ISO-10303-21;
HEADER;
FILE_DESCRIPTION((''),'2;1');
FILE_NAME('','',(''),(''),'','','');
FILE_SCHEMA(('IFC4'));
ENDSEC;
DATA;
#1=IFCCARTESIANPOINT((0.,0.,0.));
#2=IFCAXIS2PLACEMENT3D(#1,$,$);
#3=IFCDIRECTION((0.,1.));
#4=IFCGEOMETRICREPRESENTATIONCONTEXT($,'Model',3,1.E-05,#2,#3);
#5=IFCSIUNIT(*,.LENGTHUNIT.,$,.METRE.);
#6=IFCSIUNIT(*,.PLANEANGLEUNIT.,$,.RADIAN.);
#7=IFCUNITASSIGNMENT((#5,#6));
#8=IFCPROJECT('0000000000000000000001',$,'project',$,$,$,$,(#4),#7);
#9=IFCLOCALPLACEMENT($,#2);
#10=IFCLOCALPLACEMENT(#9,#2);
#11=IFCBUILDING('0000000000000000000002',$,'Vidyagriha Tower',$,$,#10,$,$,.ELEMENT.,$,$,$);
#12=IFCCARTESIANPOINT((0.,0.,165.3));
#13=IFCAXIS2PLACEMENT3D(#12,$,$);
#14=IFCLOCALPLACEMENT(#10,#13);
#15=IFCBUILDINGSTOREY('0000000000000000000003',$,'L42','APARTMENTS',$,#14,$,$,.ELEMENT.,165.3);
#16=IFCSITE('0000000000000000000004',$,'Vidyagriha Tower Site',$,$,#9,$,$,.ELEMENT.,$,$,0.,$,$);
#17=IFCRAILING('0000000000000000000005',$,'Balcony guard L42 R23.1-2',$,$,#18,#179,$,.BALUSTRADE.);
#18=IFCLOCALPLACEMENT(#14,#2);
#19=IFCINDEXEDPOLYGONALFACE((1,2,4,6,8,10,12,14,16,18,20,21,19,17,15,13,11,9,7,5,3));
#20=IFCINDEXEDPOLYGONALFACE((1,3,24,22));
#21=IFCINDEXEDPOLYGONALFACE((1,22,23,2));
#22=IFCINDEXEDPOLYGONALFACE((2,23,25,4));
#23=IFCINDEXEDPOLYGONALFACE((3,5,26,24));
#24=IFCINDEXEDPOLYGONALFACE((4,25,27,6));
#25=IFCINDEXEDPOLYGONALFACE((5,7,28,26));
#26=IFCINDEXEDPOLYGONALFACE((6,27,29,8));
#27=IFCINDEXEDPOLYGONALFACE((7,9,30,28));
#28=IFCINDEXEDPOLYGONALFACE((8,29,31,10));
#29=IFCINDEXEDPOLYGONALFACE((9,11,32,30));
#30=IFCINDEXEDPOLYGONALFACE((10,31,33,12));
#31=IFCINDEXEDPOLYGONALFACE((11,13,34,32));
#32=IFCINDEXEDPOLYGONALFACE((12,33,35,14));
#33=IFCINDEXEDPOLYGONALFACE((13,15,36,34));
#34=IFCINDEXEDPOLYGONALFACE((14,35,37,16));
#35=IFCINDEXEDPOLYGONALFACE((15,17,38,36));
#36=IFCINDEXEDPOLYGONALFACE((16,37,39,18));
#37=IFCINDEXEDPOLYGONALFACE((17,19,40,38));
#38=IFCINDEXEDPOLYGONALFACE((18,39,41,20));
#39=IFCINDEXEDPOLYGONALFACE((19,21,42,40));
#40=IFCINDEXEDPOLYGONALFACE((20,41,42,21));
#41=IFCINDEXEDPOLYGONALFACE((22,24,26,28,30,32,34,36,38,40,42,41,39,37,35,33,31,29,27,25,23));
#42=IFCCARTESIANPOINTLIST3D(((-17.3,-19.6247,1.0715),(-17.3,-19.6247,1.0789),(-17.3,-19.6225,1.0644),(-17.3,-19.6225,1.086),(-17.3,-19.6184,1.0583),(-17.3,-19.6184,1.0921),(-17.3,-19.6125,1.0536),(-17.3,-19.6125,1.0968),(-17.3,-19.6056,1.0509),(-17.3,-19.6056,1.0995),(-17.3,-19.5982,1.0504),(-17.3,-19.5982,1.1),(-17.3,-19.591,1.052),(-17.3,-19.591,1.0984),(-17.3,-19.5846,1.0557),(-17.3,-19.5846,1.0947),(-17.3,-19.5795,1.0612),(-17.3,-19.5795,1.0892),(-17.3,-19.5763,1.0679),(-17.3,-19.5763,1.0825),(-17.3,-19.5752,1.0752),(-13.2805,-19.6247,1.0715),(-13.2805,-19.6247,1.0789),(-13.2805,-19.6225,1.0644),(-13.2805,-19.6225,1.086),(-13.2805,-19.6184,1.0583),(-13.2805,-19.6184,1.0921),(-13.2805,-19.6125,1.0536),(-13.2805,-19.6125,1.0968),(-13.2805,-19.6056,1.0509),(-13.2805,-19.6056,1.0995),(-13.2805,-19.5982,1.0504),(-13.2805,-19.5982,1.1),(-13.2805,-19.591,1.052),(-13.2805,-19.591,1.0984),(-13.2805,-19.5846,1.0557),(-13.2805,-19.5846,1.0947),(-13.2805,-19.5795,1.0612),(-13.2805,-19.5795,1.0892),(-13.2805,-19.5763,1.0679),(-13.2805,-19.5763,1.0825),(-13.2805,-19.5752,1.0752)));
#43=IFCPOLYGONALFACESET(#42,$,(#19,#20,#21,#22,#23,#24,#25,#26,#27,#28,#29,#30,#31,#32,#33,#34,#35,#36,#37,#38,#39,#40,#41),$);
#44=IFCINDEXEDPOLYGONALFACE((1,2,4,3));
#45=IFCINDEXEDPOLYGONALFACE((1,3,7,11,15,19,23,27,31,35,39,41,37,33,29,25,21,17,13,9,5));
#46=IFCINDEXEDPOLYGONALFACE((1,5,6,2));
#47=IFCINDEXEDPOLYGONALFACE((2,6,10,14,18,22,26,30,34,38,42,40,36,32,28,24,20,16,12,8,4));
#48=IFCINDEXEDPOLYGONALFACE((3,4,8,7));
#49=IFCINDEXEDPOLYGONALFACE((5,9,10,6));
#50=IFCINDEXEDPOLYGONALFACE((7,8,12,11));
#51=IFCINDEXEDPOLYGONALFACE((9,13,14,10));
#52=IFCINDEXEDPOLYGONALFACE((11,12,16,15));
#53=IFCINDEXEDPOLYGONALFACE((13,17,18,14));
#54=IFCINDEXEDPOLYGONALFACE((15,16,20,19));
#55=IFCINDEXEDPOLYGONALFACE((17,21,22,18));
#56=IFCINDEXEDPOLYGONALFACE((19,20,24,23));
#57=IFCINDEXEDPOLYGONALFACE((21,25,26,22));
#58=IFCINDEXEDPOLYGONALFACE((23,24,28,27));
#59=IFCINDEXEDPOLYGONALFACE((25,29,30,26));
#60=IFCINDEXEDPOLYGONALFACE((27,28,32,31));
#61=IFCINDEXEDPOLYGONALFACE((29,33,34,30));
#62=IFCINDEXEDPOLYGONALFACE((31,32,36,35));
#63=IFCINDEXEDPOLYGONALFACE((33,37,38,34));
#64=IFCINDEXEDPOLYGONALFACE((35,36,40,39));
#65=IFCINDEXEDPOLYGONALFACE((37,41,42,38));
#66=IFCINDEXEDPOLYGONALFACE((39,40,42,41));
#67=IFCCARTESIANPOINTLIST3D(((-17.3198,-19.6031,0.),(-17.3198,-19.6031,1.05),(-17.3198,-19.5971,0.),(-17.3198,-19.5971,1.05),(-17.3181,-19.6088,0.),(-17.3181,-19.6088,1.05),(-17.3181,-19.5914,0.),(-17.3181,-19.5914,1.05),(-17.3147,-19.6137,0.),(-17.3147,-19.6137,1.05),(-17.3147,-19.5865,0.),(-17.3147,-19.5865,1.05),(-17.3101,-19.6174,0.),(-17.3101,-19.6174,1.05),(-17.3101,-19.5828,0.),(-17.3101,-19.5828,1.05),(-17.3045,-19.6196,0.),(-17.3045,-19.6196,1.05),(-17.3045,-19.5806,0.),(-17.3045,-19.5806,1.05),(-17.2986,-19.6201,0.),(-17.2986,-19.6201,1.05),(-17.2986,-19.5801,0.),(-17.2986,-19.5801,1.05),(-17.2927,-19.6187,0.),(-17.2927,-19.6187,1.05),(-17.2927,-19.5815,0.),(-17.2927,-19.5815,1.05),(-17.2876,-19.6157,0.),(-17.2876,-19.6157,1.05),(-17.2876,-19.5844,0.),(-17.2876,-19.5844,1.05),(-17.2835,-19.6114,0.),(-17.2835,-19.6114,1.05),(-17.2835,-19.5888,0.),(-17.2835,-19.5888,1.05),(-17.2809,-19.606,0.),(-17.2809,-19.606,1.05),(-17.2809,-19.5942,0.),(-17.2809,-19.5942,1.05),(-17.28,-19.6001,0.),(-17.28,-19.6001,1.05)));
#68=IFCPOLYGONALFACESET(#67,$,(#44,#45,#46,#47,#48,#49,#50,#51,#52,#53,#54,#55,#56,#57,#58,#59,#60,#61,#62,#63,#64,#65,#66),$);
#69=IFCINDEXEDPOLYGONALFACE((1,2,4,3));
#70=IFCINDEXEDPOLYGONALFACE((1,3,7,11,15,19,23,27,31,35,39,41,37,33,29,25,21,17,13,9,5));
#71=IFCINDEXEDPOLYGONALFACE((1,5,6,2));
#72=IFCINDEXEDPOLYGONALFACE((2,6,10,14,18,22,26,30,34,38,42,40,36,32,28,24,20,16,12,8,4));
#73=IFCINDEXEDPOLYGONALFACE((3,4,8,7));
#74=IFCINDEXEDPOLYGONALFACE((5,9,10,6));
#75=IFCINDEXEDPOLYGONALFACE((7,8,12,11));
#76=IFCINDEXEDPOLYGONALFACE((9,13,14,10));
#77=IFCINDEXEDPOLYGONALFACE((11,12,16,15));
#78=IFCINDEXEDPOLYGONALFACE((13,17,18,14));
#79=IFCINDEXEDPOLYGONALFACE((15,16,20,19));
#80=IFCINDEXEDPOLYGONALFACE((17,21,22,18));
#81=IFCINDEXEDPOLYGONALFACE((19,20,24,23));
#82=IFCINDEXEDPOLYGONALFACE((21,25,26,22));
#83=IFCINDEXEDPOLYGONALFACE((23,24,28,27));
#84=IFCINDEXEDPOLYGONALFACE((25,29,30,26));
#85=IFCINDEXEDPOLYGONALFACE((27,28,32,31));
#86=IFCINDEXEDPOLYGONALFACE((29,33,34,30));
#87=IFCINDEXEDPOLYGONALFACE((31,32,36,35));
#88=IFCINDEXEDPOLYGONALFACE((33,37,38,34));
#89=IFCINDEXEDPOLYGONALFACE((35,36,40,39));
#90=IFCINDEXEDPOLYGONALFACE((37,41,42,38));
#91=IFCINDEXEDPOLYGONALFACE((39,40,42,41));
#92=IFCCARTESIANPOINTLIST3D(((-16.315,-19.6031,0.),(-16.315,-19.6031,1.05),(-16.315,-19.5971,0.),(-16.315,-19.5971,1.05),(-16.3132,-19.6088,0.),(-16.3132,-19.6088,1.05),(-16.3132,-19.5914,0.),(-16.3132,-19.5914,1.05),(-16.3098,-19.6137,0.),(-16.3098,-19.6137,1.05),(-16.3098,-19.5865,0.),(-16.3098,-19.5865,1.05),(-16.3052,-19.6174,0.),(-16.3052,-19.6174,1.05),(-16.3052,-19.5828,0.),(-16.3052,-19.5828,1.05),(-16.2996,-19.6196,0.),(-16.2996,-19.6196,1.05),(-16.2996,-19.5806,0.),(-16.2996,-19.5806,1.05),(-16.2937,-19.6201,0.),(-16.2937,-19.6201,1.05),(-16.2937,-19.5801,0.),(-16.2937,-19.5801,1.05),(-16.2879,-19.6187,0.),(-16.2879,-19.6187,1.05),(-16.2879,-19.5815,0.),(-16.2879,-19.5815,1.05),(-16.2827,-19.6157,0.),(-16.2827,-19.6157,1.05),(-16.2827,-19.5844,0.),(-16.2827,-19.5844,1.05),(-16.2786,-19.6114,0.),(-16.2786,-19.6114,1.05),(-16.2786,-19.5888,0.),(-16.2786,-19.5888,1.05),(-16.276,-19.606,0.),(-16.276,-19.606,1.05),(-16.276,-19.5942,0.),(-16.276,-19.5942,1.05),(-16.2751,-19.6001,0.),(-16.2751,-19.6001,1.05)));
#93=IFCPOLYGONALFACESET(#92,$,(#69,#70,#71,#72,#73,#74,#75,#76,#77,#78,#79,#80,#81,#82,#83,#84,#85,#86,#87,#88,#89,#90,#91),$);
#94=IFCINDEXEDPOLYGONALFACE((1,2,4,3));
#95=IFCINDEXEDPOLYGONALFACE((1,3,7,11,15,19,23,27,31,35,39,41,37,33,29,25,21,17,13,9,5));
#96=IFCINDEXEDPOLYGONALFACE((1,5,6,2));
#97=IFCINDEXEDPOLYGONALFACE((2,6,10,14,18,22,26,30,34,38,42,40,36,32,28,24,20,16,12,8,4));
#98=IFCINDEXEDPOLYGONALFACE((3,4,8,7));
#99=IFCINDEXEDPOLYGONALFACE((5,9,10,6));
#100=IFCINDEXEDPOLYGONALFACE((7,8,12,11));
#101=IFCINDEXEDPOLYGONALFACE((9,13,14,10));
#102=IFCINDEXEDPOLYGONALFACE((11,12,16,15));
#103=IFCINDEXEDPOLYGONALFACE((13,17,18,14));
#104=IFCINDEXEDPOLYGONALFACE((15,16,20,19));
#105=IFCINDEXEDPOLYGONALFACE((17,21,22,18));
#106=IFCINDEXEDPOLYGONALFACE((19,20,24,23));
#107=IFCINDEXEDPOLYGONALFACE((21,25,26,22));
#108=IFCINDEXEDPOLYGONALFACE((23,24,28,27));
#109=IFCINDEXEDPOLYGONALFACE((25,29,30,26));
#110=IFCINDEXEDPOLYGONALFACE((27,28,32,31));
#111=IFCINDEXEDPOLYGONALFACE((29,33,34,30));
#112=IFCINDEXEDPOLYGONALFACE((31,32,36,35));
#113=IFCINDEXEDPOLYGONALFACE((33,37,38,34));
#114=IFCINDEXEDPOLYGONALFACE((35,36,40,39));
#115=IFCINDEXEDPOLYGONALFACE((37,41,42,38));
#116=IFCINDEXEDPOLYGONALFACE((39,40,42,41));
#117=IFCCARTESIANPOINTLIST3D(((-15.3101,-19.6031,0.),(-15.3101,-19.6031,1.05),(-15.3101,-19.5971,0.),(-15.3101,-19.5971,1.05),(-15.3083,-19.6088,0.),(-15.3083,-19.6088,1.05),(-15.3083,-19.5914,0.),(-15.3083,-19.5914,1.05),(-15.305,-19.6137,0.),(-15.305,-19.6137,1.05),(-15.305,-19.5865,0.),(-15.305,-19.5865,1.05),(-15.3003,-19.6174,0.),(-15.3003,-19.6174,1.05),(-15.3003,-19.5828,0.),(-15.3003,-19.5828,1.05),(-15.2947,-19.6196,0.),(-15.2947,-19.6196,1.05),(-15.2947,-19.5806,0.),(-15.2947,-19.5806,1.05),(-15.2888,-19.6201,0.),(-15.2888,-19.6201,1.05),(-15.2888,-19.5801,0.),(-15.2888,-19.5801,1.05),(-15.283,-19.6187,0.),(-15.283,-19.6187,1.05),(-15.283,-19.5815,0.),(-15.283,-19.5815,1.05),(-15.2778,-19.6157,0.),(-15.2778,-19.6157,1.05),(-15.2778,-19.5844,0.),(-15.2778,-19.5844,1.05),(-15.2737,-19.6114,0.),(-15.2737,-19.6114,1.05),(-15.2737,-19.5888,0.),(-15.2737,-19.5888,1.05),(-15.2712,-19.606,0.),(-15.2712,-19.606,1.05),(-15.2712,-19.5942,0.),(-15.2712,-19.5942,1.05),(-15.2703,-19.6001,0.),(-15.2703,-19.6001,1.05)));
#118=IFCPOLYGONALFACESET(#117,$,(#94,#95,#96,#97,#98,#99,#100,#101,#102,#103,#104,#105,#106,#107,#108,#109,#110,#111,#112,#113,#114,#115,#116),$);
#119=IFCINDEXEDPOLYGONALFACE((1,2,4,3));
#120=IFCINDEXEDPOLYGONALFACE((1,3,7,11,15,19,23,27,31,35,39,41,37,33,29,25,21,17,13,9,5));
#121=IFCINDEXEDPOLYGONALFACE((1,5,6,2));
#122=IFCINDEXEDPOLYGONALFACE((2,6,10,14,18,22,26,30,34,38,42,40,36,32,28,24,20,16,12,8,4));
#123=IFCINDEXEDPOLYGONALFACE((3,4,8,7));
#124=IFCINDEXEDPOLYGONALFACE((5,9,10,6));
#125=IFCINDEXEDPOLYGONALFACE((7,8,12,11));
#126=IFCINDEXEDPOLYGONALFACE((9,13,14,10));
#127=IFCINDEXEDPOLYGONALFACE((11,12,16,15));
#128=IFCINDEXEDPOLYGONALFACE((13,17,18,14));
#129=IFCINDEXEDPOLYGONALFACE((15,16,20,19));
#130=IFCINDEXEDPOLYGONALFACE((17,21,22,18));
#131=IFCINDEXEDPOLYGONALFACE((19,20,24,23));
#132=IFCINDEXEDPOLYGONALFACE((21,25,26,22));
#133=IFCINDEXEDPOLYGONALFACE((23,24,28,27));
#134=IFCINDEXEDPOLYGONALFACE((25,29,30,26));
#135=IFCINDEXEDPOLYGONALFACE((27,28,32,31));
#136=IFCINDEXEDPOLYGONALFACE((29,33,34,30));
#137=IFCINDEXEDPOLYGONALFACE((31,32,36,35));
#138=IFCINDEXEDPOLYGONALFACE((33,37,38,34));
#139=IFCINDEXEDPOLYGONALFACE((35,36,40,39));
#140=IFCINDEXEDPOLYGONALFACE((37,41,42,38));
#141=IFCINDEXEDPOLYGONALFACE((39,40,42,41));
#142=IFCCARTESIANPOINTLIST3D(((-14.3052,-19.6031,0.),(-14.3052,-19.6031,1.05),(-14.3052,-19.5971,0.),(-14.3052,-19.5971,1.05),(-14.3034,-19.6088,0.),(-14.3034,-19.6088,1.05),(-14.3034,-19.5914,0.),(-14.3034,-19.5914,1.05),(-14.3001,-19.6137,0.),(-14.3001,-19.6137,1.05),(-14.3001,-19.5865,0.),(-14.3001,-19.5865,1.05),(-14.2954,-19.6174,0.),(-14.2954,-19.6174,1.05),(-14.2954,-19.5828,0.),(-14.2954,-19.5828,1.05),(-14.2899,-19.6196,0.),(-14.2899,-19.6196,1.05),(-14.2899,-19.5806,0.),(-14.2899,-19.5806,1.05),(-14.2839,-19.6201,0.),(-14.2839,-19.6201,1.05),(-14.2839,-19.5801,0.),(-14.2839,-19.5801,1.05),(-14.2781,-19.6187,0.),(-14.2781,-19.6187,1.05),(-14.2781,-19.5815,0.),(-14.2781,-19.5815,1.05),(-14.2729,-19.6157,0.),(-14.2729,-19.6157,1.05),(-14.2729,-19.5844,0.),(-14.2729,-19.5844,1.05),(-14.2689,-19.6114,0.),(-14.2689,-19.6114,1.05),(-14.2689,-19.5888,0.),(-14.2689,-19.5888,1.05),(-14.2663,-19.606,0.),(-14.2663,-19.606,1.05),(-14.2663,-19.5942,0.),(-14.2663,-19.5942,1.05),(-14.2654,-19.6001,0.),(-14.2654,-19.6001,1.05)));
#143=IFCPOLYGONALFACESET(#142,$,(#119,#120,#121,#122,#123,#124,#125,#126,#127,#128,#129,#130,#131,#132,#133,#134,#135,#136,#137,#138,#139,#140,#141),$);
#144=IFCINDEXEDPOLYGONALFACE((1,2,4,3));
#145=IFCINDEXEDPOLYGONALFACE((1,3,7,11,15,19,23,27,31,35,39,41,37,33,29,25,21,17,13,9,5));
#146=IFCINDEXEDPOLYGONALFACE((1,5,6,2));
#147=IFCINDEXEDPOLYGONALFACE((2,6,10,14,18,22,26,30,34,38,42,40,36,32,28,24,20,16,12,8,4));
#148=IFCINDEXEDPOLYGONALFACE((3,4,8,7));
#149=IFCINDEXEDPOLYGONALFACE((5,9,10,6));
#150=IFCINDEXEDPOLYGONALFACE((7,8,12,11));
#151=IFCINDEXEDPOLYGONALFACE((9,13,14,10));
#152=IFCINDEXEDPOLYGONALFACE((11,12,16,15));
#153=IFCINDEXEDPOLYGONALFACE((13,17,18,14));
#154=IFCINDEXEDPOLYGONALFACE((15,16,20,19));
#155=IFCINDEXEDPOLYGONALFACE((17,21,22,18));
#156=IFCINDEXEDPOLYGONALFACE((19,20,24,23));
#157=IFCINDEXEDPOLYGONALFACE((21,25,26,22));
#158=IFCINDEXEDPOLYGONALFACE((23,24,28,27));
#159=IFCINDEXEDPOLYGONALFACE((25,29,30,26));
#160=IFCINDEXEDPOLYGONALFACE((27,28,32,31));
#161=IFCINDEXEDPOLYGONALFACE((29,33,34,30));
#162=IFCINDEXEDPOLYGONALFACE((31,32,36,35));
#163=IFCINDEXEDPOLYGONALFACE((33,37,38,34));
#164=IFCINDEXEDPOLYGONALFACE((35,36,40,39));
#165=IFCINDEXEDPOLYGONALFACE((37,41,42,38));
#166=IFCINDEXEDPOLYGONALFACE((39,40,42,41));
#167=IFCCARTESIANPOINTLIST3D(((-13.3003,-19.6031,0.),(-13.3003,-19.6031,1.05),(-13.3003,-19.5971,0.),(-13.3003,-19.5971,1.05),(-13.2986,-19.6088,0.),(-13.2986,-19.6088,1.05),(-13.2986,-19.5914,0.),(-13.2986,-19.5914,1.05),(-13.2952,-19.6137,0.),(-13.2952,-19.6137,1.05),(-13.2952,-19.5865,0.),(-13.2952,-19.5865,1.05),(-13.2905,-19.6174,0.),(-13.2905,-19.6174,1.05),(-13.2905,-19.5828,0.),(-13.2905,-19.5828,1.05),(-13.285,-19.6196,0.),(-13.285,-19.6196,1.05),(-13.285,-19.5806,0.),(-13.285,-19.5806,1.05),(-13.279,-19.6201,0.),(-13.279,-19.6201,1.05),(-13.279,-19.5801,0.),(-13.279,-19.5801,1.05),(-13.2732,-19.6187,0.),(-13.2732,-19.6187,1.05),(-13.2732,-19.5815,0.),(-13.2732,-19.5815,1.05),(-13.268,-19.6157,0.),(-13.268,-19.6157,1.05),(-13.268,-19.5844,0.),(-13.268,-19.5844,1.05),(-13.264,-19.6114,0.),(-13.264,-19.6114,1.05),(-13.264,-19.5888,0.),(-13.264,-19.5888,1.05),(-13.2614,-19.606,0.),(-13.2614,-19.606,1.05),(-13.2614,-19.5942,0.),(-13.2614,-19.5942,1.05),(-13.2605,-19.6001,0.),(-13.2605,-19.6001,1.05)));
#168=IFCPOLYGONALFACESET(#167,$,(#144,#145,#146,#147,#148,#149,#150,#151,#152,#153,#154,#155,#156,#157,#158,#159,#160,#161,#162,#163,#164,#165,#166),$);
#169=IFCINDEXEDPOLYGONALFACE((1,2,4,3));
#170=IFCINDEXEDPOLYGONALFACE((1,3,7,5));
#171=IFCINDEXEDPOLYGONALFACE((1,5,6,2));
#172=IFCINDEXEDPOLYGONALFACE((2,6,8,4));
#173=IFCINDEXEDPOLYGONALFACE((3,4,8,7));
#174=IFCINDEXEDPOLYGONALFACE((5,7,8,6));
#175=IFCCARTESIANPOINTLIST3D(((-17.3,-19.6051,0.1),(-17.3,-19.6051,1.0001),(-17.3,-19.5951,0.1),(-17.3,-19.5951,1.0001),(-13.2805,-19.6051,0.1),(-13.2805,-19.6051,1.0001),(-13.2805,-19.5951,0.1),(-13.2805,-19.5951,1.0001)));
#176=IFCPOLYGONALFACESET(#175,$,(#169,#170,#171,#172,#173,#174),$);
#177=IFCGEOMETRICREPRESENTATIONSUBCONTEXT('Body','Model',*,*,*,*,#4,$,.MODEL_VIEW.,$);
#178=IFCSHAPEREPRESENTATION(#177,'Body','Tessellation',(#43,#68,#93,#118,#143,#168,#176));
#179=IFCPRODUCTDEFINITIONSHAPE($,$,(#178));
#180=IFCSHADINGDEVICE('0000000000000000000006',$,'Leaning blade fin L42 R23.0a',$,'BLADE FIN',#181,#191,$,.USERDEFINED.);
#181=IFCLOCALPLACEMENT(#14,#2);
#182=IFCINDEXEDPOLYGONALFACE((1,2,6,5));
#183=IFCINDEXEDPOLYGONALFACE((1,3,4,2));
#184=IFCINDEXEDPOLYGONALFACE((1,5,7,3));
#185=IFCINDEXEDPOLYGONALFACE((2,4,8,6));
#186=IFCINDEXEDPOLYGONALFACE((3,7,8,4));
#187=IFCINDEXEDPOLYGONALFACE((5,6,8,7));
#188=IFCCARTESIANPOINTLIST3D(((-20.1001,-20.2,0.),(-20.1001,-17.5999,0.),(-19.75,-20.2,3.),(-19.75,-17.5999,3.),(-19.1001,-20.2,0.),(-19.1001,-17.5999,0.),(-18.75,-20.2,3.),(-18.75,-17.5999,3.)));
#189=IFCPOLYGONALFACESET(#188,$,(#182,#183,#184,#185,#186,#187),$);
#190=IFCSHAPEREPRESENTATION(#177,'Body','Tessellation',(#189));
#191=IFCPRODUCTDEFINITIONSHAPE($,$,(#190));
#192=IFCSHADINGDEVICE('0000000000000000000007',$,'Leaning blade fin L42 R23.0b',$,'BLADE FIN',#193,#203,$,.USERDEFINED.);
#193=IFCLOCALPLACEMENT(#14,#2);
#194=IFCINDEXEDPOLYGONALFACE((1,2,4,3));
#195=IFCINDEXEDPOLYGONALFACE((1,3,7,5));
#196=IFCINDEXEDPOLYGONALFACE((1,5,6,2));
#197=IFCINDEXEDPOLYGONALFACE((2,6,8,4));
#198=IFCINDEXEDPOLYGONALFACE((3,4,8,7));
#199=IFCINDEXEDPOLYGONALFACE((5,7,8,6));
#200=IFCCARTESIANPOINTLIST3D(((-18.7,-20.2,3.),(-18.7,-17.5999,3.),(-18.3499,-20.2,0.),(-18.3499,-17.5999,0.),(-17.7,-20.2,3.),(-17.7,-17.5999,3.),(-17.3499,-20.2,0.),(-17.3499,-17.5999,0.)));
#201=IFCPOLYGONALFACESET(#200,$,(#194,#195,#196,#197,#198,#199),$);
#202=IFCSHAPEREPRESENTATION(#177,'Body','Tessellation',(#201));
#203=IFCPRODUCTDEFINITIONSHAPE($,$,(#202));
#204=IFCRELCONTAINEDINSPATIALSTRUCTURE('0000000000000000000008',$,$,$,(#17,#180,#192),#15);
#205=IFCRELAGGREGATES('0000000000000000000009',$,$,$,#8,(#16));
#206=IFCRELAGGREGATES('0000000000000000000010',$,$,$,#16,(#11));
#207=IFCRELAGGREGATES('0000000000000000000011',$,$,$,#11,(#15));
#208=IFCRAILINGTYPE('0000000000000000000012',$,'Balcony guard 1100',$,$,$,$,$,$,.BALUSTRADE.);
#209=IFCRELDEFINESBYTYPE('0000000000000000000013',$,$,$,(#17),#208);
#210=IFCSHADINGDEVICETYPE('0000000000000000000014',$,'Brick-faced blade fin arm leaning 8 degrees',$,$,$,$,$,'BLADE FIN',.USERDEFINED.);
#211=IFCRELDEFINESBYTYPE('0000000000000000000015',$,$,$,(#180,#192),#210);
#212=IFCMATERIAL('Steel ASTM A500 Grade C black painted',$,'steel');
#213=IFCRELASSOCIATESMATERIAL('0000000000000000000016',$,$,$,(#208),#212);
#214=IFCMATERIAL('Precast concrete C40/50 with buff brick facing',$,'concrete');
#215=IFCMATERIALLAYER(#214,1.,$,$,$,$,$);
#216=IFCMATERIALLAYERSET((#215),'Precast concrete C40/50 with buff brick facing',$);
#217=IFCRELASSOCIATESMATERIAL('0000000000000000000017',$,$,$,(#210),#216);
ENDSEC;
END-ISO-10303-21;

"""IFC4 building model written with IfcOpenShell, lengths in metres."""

from ifc_helpers import new_model, si_unit, direction, frame, origin, origin_2d, place, context, subcontext, project, spatial, polyline, rectangle, circle, outline, extrude, material, layer, layer_set, type_object, element, save


model = new_model("IFC4")

# Units and contexts
model_context = context("Model", 3, precision=1e-05, world=origin(), true_north=direction((0.0, 1.0)))
body_context = subcontext(model_context, "Body", "Model", "MODEL_VIEW")
ifc_project = project(units=[si_unit("LENGTHUNIT", "METRE"), si_unit("PLANEANGLEUNIT", "RADIAN")], contexts=[model_context])

# Site, building, storey
site_placement = place(None, origin())
site = spatial("IfcSite", under=ifc_project, at=site_placement, Name="Vidyagriha Tower Site", CompositionType="ELEMENT", RefElevation=0.0)
building_placement = place(site_placement, origin())
building = spatial("IfcBuilding", under=site, at=building_placement, Name="Vidyagriha Tower", CompositionType="ELEMENT")
storey_placement = place(building_placement, frame((0.0, 0.0, 165.3)))
storey = spatial("IfcBuildingStorey", under=building, at=storey_placement, Name="L42", Description="APARTMENTS", CompositionType="ELEMENT", Elevation=165.3)

# Railing
ifc_material_1 = material(Name="Steel ASTM A500 Grade C black painted", Category="steel")
railing_type_1 = type_object("IfcRailingType", Name="Balcony guard 1100", PredefinedType="BALUSTRADE", material=ifc_material_1)
railing_1_placement = place(storey_placement, frame((-17.3, -19.6001, 0.0)))
element("IfcRailing", 1, at=railing_1_placement, inside=storey, type_object=railing_type_1, Name="Balcony guard L42 R23.1-2", PredefinedType="BALUSTRADE", context=body_context, shape_type="SweptSolid", body=[
    extrude(circle(Radius=0.0249, at=origin_2d()), frame((0.0, 0.0, 1.0752), z_axis=(1.0, 0.0, 0.0), x_axis=(0.0, 1.0, 0.0)), (0.0, 0.0, 1.0), 4.0195),
    extrude(circle(Radius=0.02, at=origin_2d()), origin(), (0.0, 0.0, 1.0), 1.05),
    extrude(circle(Radius=0.02, at=origin_2d()), frame((1.0049, 0.0, 0.0)), (0.0, 0.0, 1.0), 1.05),
    extrude(circle(Radius=0.02, at=origin_2d()), frame((2.0098, 0.0, 0.0)), (0.0, 0.0, 1.0), 1.05),
    extrude(circle(Radius=0.02, at=origin_2d()), frame((3.0146, 0.0, 0.0)), (0.0, 0.0, 1.0), 1.05),
    extrude(circle(Radius=0.02, at=origin_2d()), frame((4.0195, 0.0, 0.0)), (0.0, 0.0, 1.0), 1.05),
    extrude(rectangle(XDim=0.01, YDim=0.9001, at=origin_2d()), frame((0.0, 0.0, 0.55), z_axis=(1.0, 0.0, 0.0), x_axis=(0.0, 1.0, 0.0)), (0.0, 0.0, 1.0), 4.0195),
])

# Shading devices
ifc_material_2 = material(Name="Precast concrete C40/50 with buff brick facing", Category="concrete")
ifc_layer_1 = layer(ifc_material_2, 1.0)
ifc_layer_set_1 = layer_set([ifc_layer_1], Name="Precast concrete C40/50 with buff brick facing")
shading_device_type = type_object("IfcShadingDeviceType", Name="Brick-faced blade fin arm leaning 8 degrees", ElementType="BLADE FIN", PredefinedType="USERDEFINED", material=ifc_layer_set_1)
shading_device_1_placement = place(storey_placement, frame((-20.1001, -18.8999, 0.0)))
element("IfcShadingDevice", 2, at=shading_device_1_placement, inside=storey, type_object=shading_device_type, Name="Leaning blade fin L42 R23.0a", ObjectType="BLADE FIN", PredefinedType="USERDEFINED", context=body_context, shape_type="SweptSolid", body=[
    extrude(outline(polyline([(0.0, 0.0), (1.0, 0.0), (1.3501, 3.0), (0.3501, 3.0), (0.0, 0.0)])), frame((0.0, 1.3, 0.0), z_axis=(0.0, -1.0, 0.0), x_axis=(1.0, 0.0, 0.0)), (0.0, 0.0, 1.0), 2.6001),
])
shading_device_2_placement = place(storey_placement, frame((-18.7, -18.8999, 0.0)))
element("IfcShadingDevice", 3, at=shading_device_2_placement, inside=storey, type_object=shading_device_type, Name="Leaning blade fin L42 R23.0b", ObjectType="BLADE FIN", PredefinedType="USERDEFINED", context=body_context, shape_type="SweptSolid", body=[
    extrude(outline(polyline([(0.3501, 0.0), (1.3501, 0.0), (1.0, 3.0), (0.0, 3.0), (0.3501, 0.0)])), frame((0.0, 1.3, 0.0), z_axis=(0.0, -1.0, 0.0), x_axis=(1.0, 0.0, 0.0)), (0.0, 0.0, 1.0), 2.6001),
])

save(model, "model.ifc")
